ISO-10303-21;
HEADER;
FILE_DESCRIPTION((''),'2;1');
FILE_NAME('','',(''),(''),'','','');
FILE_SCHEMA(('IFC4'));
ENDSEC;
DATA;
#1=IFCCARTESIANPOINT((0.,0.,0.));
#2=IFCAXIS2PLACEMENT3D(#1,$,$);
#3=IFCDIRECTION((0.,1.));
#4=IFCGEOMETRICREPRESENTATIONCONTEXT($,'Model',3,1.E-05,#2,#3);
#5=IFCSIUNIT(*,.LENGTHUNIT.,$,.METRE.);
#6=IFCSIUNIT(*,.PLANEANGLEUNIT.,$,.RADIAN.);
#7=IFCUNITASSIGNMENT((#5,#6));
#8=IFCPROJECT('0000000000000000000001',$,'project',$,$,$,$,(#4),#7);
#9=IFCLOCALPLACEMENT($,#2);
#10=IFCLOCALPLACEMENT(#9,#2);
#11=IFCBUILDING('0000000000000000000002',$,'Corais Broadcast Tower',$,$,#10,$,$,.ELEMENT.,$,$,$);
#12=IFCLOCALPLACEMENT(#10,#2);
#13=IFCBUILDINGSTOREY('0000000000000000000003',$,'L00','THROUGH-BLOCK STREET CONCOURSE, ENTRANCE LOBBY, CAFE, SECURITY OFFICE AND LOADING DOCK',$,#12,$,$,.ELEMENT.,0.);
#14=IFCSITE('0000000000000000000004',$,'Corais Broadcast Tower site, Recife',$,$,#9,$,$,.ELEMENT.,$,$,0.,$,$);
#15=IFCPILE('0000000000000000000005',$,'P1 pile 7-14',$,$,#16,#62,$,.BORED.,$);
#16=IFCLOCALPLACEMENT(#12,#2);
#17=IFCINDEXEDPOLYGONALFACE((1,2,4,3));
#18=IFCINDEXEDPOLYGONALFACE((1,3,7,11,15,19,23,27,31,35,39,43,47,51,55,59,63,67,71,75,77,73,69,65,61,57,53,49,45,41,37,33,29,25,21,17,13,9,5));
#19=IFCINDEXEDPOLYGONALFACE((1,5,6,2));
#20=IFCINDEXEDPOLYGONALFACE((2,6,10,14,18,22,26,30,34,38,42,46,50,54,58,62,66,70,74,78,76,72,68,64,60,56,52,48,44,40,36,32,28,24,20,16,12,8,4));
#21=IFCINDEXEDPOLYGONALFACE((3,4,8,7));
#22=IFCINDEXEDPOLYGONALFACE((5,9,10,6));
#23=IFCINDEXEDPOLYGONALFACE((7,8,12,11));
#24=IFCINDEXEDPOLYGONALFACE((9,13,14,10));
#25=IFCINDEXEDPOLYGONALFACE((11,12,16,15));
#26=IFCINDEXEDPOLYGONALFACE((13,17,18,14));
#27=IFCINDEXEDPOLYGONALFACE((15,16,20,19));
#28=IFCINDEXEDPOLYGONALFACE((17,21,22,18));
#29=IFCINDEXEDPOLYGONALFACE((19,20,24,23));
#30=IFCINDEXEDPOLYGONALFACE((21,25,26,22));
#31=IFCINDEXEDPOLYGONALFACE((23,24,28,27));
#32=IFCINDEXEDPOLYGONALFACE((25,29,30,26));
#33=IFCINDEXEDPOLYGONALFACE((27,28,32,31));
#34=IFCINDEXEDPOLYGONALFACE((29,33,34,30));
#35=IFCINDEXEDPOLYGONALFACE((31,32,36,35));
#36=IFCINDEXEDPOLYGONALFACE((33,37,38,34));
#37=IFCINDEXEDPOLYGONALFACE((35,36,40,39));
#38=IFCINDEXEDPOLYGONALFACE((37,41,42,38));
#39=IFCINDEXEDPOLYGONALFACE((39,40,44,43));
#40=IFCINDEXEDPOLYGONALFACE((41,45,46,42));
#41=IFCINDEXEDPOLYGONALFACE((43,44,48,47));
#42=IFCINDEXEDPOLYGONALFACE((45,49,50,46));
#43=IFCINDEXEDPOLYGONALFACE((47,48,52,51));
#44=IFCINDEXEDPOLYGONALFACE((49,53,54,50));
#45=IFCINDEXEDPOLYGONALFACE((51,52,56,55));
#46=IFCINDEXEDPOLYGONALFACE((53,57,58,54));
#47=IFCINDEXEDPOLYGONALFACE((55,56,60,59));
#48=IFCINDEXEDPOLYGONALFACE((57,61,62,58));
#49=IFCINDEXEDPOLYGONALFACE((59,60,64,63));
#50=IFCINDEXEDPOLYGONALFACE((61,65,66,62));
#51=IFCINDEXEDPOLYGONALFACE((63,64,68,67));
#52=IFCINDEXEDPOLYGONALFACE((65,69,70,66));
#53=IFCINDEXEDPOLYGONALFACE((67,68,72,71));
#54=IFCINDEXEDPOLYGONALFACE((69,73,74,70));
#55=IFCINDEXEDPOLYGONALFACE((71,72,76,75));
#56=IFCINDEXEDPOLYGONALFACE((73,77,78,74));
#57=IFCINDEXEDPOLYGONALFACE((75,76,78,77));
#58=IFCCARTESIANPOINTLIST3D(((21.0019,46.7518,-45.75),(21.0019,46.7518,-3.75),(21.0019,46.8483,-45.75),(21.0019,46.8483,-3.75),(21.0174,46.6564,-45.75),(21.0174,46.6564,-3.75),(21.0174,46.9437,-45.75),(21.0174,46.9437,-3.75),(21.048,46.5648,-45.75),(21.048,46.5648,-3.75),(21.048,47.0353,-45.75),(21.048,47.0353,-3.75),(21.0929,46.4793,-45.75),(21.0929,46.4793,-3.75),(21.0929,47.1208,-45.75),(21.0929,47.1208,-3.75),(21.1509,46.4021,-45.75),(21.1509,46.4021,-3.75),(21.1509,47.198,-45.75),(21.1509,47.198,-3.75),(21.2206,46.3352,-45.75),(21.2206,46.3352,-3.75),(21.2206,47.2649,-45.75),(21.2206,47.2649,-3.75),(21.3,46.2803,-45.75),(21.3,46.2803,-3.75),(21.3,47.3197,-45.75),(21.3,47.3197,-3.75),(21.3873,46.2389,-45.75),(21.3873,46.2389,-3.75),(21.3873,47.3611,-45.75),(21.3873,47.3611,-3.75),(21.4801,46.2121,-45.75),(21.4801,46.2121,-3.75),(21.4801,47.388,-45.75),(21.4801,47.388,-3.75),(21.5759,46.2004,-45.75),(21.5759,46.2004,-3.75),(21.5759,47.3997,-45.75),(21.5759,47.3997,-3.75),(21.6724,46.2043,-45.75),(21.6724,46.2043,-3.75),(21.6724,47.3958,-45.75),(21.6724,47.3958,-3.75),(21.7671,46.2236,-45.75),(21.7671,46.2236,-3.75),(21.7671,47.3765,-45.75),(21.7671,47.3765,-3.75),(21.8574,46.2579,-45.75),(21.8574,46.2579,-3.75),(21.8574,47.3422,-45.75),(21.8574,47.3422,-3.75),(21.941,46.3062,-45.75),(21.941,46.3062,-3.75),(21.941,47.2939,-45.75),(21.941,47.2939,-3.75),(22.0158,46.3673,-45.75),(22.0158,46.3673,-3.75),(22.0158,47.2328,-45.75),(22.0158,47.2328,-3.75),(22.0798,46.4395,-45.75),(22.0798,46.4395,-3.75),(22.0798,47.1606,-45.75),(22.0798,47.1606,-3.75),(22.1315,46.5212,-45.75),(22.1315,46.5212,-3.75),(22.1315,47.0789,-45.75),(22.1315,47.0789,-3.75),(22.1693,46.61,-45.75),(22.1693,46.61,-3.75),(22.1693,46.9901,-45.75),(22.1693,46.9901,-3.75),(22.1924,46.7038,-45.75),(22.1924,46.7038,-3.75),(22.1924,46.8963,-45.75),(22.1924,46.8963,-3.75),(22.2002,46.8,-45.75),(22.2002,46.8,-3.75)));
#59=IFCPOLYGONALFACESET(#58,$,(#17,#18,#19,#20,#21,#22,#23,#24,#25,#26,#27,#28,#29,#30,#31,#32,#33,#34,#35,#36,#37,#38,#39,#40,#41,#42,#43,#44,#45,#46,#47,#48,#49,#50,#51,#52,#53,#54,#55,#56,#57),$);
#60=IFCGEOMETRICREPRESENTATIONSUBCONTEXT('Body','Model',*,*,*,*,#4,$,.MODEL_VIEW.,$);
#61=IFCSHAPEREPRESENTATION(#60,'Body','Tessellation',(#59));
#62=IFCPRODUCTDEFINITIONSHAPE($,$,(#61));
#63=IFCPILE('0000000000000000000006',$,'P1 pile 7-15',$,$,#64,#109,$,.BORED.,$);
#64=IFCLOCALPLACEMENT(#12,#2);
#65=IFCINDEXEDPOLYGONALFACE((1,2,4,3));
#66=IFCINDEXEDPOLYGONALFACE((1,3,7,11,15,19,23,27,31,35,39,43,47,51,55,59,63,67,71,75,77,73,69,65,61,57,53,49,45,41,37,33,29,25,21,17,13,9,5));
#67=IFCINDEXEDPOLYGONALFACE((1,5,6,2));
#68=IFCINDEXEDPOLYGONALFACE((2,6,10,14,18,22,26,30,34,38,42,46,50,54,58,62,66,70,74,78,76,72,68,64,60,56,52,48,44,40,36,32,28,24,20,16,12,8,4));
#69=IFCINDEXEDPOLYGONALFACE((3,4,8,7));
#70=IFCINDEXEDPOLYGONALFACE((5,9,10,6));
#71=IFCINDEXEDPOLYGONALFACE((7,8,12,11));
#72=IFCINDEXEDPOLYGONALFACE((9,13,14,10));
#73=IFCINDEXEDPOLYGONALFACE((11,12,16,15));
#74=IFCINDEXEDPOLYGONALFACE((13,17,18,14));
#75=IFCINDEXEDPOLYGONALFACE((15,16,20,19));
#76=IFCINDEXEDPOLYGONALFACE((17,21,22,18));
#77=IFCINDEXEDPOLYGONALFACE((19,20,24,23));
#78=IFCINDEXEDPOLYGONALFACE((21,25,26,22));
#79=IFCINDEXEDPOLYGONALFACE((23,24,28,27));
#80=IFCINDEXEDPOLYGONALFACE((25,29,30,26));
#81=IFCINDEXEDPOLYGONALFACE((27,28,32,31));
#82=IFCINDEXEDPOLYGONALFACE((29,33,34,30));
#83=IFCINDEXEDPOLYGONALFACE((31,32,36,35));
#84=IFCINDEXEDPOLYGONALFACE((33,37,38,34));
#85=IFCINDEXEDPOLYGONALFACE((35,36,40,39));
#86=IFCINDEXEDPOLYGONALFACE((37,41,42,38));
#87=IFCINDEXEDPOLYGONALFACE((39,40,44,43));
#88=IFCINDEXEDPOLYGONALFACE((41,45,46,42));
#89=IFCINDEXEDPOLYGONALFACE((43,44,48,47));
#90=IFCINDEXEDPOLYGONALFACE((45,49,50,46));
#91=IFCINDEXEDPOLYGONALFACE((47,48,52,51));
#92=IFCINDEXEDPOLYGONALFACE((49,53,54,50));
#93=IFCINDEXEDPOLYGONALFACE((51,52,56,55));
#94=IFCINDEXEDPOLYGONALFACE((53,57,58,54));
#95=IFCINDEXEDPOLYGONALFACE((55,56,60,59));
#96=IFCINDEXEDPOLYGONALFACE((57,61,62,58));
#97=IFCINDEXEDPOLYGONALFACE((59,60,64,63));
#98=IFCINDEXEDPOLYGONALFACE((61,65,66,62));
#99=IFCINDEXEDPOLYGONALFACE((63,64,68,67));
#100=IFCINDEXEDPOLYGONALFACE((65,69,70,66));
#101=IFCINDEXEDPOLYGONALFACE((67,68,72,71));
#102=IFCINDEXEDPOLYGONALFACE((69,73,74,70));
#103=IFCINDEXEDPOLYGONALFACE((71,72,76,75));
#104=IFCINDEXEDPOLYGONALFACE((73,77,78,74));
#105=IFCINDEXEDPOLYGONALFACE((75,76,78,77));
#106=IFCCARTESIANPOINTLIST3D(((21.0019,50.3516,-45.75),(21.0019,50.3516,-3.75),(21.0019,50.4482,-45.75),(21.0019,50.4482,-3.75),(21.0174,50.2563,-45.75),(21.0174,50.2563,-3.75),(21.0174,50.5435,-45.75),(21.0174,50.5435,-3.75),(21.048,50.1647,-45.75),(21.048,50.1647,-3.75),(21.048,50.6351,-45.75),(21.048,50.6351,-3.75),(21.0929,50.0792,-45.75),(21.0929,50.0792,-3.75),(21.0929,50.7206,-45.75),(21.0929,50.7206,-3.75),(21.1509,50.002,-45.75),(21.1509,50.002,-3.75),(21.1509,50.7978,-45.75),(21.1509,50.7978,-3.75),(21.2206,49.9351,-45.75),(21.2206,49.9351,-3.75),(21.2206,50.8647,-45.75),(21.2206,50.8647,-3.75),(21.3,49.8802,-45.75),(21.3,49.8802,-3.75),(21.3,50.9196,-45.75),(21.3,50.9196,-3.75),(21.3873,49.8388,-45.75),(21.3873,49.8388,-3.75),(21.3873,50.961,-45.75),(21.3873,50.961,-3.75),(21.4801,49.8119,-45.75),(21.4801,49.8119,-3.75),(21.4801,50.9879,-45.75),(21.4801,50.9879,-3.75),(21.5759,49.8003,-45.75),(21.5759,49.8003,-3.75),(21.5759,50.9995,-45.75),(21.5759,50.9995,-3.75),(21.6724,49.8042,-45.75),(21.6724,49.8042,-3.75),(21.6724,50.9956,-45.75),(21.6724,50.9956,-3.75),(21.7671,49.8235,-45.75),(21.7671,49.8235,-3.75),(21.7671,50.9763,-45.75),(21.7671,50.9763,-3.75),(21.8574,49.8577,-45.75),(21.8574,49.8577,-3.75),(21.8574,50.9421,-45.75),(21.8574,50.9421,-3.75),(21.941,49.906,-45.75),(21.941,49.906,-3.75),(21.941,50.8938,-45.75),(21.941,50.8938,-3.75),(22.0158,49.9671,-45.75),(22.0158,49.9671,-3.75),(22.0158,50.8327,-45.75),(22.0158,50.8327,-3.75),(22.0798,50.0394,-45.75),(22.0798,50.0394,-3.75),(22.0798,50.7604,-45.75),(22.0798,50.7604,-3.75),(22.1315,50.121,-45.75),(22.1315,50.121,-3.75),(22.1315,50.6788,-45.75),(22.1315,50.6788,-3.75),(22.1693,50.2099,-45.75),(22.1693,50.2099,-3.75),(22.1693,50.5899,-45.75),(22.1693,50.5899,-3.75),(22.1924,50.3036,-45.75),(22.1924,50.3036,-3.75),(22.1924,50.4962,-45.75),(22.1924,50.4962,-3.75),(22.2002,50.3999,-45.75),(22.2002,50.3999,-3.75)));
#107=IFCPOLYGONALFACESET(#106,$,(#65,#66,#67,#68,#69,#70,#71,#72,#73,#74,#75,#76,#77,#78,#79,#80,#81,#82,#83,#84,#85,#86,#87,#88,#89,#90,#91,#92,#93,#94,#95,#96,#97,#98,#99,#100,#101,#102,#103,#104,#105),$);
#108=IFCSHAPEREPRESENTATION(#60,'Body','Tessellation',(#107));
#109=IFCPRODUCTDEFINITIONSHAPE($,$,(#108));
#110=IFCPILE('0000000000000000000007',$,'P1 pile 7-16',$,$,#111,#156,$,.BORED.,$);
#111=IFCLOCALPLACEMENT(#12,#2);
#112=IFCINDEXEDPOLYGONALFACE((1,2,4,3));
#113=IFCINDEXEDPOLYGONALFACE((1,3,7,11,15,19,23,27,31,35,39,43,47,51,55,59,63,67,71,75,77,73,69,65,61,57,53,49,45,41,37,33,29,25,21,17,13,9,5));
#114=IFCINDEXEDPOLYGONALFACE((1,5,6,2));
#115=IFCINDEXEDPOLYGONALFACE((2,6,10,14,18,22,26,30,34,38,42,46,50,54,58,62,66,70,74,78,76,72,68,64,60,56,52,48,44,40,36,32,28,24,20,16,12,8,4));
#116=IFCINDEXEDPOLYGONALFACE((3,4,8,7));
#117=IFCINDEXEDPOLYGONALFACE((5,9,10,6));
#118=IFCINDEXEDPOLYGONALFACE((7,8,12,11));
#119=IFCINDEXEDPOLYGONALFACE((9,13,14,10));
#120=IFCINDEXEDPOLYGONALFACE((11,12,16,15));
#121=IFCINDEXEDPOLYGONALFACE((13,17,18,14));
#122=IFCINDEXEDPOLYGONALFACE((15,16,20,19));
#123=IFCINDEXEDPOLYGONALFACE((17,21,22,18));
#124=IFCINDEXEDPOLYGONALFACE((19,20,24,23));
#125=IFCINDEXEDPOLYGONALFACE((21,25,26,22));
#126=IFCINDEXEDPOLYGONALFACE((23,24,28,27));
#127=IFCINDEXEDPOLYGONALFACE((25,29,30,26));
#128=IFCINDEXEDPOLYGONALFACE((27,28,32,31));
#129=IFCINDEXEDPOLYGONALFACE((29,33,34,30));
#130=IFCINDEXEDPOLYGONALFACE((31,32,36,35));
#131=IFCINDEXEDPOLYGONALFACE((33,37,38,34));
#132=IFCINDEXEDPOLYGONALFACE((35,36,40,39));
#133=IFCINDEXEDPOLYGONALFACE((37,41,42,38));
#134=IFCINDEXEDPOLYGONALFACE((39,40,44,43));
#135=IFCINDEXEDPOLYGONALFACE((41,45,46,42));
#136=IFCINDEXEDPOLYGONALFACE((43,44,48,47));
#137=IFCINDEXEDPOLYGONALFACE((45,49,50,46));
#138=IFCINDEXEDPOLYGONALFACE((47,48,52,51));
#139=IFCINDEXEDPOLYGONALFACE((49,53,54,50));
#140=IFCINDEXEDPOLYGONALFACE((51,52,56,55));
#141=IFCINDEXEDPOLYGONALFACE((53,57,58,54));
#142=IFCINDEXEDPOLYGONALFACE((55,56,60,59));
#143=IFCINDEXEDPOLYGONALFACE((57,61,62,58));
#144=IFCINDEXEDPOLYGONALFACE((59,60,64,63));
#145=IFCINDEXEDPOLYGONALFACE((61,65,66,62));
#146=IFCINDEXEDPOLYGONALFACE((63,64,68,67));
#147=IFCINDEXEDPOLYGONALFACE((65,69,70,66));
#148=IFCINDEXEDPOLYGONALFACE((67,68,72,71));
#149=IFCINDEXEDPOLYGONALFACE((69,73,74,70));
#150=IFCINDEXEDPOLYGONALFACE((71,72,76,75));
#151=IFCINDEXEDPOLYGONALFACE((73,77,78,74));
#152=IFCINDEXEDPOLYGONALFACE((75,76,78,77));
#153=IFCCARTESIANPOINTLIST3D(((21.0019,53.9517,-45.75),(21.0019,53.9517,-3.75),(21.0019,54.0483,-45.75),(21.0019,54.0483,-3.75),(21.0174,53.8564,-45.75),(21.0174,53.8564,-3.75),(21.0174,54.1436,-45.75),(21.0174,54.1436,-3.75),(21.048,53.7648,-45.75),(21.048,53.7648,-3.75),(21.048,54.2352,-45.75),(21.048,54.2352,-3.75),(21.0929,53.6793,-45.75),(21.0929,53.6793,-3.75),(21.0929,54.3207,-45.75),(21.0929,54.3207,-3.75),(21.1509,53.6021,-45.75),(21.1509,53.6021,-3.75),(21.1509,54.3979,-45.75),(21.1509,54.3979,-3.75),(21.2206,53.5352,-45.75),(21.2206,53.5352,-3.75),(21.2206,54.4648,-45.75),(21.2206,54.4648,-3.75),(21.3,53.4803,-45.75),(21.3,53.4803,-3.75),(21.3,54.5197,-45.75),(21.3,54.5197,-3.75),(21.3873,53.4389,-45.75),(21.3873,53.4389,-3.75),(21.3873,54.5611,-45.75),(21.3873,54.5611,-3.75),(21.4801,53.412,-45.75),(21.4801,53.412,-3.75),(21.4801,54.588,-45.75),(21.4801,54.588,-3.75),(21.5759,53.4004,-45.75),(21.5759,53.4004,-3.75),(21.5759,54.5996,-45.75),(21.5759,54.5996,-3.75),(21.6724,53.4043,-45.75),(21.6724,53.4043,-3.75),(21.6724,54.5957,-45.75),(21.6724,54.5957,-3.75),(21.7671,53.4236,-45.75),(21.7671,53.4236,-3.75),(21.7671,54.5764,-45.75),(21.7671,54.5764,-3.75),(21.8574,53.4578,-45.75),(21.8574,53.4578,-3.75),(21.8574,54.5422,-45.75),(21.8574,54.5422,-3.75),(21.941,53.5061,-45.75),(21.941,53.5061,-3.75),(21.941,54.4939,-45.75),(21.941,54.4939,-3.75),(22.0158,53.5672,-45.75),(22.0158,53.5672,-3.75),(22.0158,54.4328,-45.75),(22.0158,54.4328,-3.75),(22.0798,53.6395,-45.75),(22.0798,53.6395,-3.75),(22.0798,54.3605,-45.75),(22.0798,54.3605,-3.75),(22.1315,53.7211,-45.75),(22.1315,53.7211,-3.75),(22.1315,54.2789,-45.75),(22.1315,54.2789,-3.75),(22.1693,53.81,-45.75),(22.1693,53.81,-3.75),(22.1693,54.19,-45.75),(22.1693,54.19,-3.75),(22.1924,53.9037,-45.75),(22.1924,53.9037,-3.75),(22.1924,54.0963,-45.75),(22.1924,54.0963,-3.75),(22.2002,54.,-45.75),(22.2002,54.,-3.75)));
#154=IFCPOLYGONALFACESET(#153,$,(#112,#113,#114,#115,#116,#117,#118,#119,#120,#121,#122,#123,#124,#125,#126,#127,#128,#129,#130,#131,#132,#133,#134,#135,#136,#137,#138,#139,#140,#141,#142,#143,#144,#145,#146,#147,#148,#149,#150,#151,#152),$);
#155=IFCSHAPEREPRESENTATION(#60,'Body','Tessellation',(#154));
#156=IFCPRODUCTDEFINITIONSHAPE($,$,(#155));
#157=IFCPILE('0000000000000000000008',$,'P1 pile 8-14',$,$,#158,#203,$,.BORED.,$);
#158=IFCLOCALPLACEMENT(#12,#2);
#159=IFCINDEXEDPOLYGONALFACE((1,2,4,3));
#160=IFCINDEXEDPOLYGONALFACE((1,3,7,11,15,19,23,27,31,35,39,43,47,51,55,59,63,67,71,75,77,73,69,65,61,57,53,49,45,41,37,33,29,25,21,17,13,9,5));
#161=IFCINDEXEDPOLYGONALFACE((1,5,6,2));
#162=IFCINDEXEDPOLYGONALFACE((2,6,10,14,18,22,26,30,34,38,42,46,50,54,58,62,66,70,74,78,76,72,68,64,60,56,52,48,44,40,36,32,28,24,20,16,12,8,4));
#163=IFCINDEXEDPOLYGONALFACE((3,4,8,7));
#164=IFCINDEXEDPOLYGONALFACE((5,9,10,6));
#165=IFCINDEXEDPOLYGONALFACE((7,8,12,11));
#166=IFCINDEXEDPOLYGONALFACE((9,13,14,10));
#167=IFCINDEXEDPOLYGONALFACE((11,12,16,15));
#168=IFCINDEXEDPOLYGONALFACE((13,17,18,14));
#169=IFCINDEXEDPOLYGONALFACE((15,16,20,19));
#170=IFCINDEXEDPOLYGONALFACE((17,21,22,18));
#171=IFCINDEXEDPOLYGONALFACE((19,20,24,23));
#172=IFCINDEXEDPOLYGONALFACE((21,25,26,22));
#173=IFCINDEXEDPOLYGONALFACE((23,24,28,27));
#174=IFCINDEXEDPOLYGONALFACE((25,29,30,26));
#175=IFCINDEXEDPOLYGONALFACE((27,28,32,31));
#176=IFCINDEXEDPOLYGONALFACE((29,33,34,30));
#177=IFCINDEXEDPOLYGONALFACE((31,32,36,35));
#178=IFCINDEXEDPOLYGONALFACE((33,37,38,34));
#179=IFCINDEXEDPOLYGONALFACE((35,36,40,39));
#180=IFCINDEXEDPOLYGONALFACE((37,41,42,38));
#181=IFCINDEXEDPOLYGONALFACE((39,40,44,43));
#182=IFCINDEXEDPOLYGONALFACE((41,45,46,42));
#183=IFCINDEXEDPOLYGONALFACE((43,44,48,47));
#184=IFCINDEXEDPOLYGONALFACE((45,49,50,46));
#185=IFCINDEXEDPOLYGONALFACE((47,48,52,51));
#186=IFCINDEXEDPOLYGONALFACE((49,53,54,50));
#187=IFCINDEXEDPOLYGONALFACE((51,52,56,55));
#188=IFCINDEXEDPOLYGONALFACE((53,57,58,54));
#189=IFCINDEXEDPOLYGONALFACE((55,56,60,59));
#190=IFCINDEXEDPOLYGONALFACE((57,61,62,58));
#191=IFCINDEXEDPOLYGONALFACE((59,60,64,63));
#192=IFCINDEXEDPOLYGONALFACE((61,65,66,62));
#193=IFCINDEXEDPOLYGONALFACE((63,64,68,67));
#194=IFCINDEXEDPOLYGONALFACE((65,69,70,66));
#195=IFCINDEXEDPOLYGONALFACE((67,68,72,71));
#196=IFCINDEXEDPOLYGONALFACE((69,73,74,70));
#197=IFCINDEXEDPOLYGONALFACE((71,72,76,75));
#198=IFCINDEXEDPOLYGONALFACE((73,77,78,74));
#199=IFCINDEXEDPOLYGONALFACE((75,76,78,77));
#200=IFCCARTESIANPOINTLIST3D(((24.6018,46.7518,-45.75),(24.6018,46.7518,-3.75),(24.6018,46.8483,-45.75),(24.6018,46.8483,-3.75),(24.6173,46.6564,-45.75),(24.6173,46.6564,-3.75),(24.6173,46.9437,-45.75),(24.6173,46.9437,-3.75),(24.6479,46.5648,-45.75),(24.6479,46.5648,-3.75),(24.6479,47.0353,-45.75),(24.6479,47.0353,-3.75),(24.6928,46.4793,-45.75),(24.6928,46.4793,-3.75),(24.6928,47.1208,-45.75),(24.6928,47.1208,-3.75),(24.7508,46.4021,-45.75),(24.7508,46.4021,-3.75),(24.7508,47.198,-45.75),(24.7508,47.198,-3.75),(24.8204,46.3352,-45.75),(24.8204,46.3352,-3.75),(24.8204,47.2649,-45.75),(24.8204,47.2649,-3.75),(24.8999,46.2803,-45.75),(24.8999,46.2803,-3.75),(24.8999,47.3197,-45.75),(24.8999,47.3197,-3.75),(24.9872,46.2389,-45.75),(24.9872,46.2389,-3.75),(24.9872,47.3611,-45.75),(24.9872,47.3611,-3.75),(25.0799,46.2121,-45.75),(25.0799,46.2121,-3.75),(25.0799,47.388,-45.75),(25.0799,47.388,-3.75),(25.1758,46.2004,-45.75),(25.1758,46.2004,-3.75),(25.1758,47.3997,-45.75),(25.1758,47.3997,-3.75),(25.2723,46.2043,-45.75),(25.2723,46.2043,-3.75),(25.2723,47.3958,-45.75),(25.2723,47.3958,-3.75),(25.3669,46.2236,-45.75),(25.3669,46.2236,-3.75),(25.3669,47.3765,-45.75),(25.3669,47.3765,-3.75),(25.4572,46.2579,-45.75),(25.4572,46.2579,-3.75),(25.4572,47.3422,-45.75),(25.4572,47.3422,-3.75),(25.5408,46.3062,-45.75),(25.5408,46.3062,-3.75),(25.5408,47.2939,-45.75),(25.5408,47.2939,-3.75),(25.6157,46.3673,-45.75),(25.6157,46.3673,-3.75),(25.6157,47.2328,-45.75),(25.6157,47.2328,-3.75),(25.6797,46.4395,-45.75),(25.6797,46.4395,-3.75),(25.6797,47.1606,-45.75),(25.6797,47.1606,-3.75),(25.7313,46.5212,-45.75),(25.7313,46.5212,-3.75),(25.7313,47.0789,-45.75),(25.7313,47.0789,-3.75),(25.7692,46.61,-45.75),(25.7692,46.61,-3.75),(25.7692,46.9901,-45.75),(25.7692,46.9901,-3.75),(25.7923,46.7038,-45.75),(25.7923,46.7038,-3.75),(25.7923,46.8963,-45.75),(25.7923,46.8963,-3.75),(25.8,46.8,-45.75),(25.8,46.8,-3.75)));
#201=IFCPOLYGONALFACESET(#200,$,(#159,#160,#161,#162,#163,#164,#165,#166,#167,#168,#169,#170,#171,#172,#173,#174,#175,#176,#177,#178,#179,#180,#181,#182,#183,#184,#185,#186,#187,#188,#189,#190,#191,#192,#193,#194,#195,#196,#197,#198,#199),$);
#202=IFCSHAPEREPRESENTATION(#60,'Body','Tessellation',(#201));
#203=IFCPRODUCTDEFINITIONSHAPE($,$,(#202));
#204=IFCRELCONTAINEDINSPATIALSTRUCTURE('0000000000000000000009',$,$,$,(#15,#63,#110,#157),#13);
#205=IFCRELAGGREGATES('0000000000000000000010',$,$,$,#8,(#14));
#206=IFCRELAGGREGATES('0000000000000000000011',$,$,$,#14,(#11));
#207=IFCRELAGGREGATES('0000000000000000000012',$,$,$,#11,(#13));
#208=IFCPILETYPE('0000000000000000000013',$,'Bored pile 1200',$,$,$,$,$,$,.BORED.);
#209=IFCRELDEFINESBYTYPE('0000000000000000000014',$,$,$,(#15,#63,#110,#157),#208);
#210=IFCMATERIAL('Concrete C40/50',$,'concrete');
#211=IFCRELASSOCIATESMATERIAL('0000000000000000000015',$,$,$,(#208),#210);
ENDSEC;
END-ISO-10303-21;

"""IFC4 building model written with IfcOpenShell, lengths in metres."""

from ifc_helpers import new_model, si_unit, direction, frame, origin, origin_2d, place, context, subcontext, project, spatial, circle, extrude, material, type_object, element, save


model = new_model("IFC4")

# Units and contexts
model_context = context("Model", 3, precision=1e-05, world=origin(), true_north=direction((0.0, 1.0)))
body_context = subcontext(model_context, "Body", "Model", "MODEL_VIEW")
ifc_project = project(units=[si_unit("LENGTHUNIT", "METRE"), si_unit("PLANEANGLEUNIT", "RADIAN")], contexts=[model_context])

# Site, building, storey
site_placement = place(None, origin())
site = spatial("IfcSite", under=ifc_project, at=site_placement, Name="Corais Broadcast Tower site, Recife", CompositionType="ELEMENT", RefElevation=0.0)
building_placement = place(site_placement, origin())
building = spatial("IfcBuilding", under=site, at=building_placement, Name="Corais Broadcast Tower", CompositionType="ELEMENT")
storey_placement = place(building_placement, origin())
storey = spatial("IfcBuildingStorey", under=building, at=storey_placement, Name="L00", Description="THROUGH-BLOCK STREET CONCOURSE, ENTRANCE LOBBY, CAFE, SECURITY OFFICE AND LOADING DOCK", CompositionType="ELEMENT", Elevation=0.0)

# Piles
ifc_material_1 = material(Name="Concrete C40/50", Category="concrete")
pile_type = type_object("IfcPileType", Name="Bored pile 1200", PredefinedType="BORED", material=ifc_material_1)
for number, where, z_axis, x_axis, name in (
    (1, (21.6001, 46.8, -3.75), (0.0, 0.0, -1.0), (1.0, 0.0, 0.0), "P1 pile 7-14"),
    (2, (21.6001, 50.3999, -3.75), (0.0, 0.0, -1.0), (1.0, 0.0, 0.0), "P1 pile 7-15"),
    (3, (21.6001, 54.0, -3.75), (0.0, 0.0, -1.0), (1.0, 0.0, 0.0), "P1 pile 7-16"),
    (4, (25.2, 46.8, -3.75), (0.0, 0.0, -1.0), (1.0, 0.0, 0.0), "P1 pile 8-14"),
):
    element("IfcPile", number, at=place(storey_placement, frame(where, z_axis=z_axis, x_axis=x_axis)), inside=storey, type_object=pile_type, Name=name, PredefinedType="BORED", context=body_context, shape_type="SweptSolid", body=[
        extrude(circle(Radius=0.6001, at=origin_2d()), origin(), (0.0, 0.0, 1.0), 42.0),
    ])

save(model, "model.ifc")
